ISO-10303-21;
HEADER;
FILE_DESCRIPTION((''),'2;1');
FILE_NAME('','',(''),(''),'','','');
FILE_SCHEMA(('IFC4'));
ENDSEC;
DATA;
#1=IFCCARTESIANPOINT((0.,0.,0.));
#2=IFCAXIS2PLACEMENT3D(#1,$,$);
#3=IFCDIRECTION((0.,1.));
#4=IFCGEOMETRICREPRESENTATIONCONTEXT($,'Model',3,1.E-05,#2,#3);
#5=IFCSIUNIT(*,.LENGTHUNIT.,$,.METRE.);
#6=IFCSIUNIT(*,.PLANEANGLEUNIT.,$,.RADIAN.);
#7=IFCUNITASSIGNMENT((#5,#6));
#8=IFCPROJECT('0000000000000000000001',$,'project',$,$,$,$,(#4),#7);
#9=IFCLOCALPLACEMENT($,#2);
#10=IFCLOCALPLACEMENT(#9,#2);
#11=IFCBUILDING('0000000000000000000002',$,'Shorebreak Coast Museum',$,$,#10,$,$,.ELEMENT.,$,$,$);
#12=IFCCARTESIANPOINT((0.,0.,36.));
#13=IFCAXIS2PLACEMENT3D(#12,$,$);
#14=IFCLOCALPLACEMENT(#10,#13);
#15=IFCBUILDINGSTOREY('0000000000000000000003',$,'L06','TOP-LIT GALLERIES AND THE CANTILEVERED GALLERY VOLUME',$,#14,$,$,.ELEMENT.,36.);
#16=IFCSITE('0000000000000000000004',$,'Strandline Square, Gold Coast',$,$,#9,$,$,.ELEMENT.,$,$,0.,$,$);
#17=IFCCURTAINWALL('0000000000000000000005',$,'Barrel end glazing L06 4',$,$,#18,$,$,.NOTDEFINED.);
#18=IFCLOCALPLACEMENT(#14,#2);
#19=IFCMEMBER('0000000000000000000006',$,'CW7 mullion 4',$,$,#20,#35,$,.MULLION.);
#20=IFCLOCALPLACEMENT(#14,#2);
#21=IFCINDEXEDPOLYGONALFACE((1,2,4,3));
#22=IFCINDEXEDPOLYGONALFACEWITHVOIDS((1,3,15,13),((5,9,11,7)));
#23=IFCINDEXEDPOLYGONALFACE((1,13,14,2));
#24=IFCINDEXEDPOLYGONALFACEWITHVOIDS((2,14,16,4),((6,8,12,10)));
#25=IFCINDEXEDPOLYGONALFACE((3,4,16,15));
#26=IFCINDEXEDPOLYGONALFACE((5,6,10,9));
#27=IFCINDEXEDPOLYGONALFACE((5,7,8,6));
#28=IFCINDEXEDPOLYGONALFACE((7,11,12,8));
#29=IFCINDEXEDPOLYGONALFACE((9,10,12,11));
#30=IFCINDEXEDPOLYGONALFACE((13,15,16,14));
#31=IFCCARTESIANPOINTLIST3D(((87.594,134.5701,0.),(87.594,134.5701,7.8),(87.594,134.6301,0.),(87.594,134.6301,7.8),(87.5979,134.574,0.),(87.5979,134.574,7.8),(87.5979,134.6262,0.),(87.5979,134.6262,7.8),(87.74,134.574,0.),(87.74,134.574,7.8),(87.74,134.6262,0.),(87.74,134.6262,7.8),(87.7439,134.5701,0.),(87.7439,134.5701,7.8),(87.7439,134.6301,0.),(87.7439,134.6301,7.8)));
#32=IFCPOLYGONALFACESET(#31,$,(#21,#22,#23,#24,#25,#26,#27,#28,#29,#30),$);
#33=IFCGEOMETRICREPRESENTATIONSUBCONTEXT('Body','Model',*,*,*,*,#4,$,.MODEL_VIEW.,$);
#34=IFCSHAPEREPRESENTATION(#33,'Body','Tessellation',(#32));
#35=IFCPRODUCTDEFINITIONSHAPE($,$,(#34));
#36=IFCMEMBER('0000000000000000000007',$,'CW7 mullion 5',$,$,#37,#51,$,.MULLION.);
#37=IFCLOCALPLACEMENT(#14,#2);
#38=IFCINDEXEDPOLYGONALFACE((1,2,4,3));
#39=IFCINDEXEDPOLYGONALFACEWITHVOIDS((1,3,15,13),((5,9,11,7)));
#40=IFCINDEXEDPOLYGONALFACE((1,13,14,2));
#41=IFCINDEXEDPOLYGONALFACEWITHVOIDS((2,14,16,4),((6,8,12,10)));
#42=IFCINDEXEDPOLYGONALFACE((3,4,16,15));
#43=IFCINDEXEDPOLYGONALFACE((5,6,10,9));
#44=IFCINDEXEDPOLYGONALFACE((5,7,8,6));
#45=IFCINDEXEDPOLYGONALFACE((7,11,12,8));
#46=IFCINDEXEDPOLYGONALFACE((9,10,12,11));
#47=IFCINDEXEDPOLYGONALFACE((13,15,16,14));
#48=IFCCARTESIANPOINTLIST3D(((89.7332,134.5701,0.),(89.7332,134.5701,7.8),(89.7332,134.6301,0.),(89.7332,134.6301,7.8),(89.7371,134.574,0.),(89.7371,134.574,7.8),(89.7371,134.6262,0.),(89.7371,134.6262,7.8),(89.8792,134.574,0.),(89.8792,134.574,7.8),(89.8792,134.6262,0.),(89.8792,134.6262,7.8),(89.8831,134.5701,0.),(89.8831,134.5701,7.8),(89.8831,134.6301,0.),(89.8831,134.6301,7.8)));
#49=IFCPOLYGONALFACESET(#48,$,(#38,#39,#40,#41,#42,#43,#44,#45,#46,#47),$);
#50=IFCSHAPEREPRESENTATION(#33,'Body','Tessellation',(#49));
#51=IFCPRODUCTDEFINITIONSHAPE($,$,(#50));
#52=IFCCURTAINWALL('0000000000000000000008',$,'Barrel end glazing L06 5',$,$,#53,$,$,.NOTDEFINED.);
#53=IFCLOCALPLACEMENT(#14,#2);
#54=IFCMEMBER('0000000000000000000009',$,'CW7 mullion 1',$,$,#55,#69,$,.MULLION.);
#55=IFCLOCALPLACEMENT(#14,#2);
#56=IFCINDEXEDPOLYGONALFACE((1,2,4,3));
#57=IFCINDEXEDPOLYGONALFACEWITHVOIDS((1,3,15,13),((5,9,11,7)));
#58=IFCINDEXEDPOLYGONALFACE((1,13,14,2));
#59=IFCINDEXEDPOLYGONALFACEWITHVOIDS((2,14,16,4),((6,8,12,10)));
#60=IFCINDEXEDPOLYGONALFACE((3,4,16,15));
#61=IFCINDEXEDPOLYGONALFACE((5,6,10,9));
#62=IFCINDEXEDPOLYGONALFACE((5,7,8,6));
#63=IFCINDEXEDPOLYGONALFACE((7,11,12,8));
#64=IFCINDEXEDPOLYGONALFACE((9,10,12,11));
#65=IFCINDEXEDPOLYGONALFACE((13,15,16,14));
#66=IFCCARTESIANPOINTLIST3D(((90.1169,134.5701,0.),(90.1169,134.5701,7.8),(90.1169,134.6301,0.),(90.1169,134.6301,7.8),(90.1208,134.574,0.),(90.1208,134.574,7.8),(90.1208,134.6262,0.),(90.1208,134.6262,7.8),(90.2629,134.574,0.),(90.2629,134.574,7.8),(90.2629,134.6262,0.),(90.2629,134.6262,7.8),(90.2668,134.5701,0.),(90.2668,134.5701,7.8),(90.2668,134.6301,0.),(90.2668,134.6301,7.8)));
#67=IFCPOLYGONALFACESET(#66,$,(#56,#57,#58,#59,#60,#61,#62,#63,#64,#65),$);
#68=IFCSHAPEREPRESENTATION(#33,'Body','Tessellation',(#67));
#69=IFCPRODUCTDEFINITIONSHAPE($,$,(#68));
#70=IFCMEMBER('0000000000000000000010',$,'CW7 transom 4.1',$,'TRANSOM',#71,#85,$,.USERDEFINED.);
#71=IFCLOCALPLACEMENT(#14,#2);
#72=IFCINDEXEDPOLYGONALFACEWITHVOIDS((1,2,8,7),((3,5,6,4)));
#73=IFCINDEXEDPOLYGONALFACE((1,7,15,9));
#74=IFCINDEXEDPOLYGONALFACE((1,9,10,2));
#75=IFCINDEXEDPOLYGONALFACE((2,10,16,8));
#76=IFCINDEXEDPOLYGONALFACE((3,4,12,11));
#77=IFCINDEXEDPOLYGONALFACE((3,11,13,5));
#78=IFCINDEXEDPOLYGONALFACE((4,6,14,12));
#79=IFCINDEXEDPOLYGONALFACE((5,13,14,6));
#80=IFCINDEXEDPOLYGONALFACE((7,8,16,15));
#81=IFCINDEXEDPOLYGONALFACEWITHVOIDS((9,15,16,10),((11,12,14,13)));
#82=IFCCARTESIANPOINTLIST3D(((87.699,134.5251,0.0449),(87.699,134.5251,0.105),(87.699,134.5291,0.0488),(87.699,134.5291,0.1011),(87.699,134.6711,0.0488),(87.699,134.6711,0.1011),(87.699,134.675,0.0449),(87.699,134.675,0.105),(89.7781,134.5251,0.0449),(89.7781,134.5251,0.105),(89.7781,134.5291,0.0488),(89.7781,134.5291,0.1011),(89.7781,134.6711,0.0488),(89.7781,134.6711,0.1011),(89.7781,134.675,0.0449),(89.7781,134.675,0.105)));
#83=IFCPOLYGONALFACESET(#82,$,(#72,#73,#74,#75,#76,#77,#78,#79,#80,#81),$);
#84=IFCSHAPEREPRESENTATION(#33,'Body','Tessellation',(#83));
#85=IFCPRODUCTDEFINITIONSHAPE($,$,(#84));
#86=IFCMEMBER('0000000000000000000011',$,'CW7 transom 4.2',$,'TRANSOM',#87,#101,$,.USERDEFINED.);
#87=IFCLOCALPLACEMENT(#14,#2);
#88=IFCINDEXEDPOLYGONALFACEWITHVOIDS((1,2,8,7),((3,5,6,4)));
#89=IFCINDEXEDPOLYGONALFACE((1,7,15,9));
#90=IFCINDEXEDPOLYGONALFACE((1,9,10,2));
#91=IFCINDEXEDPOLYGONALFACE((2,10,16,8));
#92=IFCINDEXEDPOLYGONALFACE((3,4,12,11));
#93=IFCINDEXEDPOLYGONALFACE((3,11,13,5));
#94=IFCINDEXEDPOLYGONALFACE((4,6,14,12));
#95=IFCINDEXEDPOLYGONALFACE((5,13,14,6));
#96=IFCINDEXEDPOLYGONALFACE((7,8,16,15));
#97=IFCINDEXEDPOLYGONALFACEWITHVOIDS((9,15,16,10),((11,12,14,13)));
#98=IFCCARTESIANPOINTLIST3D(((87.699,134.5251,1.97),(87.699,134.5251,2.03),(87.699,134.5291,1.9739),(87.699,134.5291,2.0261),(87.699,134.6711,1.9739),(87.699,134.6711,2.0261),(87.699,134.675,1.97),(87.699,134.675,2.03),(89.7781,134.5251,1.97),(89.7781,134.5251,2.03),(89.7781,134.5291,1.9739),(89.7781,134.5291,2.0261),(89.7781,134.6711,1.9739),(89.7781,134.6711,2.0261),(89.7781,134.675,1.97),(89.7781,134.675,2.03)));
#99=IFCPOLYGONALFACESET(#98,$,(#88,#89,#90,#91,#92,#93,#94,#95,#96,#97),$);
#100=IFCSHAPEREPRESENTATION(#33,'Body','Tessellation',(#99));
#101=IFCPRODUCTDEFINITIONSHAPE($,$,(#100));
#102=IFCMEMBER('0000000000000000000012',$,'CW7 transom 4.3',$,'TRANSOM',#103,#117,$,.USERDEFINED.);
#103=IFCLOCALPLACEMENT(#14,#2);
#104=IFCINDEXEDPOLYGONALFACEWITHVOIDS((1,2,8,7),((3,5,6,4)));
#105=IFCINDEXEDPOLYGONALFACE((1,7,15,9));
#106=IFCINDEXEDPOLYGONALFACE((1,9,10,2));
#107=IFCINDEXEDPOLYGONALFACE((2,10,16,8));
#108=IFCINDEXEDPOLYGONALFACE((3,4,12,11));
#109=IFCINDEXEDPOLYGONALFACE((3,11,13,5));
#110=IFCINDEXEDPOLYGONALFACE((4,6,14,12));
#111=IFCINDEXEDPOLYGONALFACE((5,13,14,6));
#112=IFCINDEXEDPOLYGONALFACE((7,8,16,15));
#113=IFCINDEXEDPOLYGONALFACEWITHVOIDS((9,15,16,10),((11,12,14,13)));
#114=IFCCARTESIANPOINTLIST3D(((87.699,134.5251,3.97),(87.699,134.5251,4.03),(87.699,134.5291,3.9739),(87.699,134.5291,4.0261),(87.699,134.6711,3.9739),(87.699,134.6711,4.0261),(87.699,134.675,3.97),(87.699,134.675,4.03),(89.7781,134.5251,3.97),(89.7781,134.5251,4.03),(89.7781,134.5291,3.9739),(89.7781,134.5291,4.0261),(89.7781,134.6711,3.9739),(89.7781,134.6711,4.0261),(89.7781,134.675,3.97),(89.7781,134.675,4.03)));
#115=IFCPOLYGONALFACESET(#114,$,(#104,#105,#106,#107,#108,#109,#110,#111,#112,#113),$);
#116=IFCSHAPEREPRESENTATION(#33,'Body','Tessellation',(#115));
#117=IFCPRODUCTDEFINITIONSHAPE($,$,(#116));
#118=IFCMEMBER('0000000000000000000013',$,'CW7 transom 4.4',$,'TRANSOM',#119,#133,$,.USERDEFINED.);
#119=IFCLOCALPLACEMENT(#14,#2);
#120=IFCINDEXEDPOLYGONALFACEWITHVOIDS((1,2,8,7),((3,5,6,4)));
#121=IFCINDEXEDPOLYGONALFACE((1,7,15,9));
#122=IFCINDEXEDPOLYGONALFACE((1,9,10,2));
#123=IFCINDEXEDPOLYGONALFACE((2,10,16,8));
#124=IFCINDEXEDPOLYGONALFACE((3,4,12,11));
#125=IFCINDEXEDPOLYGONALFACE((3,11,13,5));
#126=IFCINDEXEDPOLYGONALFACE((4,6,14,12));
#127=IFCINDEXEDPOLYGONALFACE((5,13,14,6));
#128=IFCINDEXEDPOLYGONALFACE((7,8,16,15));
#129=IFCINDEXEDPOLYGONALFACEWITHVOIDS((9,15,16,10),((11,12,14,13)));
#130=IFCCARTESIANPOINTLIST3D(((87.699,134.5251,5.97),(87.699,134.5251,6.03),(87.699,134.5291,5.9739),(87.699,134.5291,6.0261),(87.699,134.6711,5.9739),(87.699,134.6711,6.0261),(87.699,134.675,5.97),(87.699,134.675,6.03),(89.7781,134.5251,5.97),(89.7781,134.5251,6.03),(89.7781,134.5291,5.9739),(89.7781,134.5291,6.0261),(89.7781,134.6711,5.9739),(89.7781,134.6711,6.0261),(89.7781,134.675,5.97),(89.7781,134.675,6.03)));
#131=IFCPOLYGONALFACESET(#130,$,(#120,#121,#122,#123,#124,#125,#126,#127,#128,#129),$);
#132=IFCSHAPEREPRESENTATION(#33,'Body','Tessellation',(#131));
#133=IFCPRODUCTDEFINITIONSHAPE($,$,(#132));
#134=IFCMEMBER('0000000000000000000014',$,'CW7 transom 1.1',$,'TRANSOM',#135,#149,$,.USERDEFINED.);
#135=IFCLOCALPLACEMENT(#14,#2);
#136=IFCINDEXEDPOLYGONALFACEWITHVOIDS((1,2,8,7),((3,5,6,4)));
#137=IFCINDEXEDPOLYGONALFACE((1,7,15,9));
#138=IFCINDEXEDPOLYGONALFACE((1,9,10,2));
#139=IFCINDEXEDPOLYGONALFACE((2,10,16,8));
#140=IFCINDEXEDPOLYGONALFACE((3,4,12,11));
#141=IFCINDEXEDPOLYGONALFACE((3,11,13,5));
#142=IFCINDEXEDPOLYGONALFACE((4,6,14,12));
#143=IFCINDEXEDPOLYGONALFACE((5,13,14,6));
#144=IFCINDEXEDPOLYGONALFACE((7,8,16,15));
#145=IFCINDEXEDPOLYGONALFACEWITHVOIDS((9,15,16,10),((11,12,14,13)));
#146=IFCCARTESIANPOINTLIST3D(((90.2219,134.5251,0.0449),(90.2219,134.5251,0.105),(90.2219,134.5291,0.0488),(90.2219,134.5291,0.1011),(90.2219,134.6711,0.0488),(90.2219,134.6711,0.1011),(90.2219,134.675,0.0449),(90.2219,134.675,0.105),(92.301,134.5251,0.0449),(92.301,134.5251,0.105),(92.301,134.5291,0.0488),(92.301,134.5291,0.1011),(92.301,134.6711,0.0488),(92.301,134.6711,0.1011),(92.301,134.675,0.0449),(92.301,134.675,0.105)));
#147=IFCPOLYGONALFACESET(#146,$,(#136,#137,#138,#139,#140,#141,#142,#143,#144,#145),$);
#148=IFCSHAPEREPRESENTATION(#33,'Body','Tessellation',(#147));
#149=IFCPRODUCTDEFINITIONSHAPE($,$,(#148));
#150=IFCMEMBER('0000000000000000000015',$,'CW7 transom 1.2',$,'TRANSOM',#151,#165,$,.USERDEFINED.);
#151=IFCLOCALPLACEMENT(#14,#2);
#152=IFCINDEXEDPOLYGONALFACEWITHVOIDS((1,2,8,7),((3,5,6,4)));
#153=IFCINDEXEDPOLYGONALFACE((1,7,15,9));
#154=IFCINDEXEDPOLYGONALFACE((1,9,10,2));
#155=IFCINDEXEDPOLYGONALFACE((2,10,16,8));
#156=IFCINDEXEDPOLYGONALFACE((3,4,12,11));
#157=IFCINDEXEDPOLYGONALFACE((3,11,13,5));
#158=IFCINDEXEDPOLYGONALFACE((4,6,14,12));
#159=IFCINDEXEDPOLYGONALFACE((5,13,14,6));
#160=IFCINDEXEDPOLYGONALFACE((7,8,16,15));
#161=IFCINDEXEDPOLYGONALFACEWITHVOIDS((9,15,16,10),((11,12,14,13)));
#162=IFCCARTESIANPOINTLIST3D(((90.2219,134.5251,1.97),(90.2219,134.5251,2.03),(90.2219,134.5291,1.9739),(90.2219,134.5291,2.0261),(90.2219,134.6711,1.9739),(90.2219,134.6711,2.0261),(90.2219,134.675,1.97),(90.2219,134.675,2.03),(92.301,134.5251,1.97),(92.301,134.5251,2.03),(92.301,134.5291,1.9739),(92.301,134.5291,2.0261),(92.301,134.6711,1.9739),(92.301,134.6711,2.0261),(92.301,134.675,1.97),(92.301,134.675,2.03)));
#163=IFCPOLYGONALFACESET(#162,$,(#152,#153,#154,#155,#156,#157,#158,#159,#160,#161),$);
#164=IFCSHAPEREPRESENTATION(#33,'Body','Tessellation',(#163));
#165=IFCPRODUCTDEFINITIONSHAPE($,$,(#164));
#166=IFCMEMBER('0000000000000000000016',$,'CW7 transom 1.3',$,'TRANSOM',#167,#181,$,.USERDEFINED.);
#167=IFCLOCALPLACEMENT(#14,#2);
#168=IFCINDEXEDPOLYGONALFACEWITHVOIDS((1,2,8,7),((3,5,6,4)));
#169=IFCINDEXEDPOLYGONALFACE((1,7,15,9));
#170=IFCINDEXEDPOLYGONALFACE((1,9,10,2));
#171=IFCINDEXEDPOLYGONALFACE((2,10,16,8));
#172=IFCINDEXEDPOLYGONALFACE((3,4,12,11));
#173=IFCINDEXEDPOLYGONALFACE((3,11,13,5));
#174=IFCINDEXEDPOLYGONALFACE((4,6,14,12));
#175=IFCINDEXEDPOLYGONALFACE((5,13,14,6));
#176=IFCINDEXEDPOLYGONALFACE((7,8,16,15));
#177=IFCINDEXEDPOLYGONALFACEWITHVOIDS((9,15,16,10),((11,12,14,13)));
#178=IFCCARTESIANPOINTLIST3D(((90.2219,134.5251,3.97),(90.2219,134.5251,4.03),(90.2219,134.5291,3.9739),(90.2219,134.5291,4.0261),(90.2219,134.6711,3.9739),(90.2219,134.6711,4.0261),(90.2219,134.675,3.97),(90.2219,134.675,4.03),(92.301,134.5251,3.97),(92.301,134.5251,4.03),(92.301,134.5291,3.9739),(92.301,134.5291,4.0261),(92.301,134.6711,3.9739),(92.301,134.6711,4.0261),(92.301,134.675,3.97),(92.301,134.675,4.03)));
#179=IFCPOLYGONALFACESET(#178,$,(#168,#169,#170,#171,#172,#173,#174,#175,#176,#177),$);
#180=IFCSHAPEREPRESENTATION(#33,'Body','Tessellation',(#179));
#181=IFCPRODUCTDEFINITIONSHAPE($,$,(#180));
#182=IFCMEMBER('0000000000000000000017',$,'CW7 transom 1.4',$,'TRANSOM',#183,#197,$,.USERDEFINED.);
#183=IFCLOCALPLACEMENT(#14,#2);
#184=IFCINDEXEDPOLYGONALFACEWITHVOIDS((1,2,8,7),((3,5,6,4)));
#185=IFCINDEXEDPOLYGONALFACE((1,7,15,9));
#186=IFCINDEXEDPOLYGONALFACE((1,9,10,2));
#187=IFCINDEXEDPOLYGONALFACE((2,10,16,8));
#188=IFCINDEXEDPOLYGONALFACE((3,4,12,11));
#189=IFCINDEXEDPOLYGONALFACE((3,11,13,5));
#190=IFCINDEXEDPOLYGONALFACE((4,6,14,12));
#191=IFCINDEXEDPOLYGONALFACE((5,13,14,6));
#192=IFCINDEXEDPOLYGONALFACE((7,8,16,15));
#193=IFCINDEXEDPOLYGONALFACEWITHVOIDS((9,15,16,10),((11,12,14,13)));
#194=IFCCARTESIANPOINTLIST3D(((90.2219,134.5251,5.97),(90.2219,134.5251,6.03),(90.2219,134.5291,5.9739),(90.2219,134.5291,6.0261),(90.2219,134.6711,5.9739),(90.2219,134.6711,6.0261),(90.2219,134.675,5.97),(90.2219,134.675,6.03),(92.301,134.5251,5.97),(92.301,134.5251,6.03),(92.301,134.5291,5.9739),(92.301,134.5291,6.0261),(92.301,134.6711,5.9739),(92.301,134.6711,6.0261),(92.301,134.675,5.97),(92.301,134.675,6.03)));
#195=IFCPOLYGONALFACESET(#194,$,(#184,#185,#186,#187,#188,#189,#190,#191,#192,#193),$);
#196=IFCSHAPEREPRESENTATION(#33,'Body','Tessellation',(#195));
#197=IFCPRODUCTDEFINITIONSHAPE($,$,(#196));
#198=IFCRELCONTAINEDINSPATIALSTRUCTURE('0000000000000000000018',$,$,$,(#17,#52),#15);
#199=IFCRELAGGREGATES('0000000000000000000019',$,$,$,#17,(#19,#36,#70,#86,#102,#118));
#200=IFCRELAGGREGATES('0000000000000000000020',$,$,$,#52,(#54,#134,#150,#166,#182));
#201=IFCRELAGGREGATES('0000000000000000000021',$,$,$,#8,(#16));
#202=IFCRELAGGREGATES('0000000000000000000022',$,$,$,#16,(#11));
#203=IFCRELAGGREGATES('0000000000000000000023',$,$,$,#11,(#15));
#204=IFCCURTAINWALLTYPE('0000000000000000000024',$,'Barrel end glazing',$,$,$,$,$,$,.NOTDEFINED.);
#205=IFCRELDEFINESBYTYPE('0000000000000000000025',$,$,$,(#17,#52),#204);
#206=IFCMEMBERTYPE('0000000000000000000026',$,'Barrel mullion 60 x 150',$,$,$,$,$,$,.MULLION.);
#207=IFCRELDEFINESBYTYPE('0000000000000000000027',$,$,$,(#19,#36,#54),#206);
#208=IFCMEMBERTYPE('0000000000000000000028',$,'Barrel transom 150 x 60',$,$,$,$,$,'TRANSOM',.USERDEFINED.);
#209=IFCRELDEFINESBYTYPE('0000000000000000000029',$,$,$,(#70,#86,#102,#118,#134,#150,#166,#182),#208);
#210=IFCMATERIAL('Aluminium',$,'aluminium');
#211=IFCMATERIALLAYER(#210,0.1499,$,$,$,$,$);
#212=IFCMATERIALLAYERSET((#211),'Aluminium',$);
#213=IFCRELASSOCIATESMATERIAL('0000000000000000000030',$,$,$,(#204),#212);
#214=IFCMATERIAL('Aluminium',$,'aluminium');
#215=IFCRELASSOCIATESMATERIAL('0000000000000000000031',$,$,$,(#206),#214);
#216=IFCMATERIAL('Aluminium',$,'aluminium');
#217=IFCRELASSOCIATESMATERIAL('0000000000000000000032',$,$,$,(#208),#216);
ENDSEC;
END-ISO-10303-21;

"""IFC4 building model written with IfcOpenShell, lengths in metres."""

from ifc_helpers import new_model, si_unit, direction, frame, origin, origin_2d, place, context, subcontext, project, spatial, hollow_rectangle, extrude, material, layer, layer_set, material_profile, profile_set, type_object, element, aggregate, save


model = new_model("IFC4")

# Units and contexts
model_context = context("Model", 3, precision=1e-05, world=origin(), true_north=direction((0.0, 1.0)))
body_context = subcontext(model_context, "Body", "Model", "MODEL_VIEW")
ifc_project = project(units=[si_unit("LENGTHUNIT", "METRE"), si_unit("PLANEANGLEUNIT", "RADIAN")], contexts=[model_context])

# Site, building, storey
site_placement = place(None, origin())
site = spatial("IfcSite", under=ifc_project, at=site_placement, Name="Strandline Square, Gold Coast", CompositionType="ELEMENT", RefElevation=0.0)
building_placement = place(site_placement, origin())
building = spatial("IfcBuilding", under=site, at=building_placement, Name="Shorebreak Coast Museum", CompositionType="ELEMENT")
storey_placement = place(building_placement, frame((0.0, 0.0, 36.0)))
storey = spatial("IfcBuildingStorey", under=building, at=storey_placement, Name="L06", Description="TOP-LIT GALLERIES AND THE CANTILEVERED GALLERY VOLUME", CompositionType="ELEMENT", Elevation=36.0)

# Curtain wall, members
ifc_material_1 = material(Name="Aluminium", Category="aluminium")
ifc_layer_1 = layer(ifc_material_1, 0.1499)
ifc_layer_set_1 = layer_set([ifc_layer_1], Name="Aluminium")
curtain_wall_type = type_object("IfcCurtainWallType", Name="Barrel end glazing", PredefinedType="NOTDEFINED", material=ifc_layer_set_1)
curtain_wall_1_placement = place(storey_placement, origin())
curtain_wall_1 = element("IfcCurtainWall", 1, at=curtain_wall_1_placement, inside=storey, type_object=curtain_wall_type, Name="Barrel end glazing L06 4", PredefinedType="NOTDEFINED")
ifc_material_2 = material(Name="Aluminium", Category="aluminium")
ifc_material_profile_1 = material_profile(ifc_material_2, hollow_rectangle(XDim=0.0601, YDim=0.1499, WallThickness=0.0039, at=origin_2d()), Name="AL 150x60 RHS")
ifc_profile_set_1 = profile_set([ifc_material_profile_1], Name="Aluminium")
member_type_1 = type_object("IfcMemberType", Name="Barrel mullion 60 x 150", PredefinedType="MULLION", material=ifc_profile_set_1)
member_1_placement = place(storey_placement, frame((87.6689, 134.6001, 0.0), z_axis=(0.0, 0.0, 1.0), x_axis=(0.0, 1.0, 0.0)))
member_1 = element("IfcMember", 2, at=member_1_placement, type_object=member_type_1, Name="CW7 mullion 4", PredefinedType="MULLION", context=body_context, shape_type="SweptSolid", body=[
    extrude(hollow_rectangle(XDim=0.0601, YDim=0.1499, WallThickness=0.0039, at=origin_2d()), origin(), (0.0, 0.0, 1.0), 7.8),
])
member_2_placement = place(storey_placement, frame((89.8081, 134.6001, 0.0), z_axis=(0.0, 0.0, 1.0), x_axis=(0.0, 1.0, 0.0)))
member_2 = element("IfcMember", 3, at=member_2_placement, type_object=member_type_1, Name="CW7 mullion 5", PredefinedType="MULLION", context=body_context, shape_type="SweptSolid", body=[
    extrude(hollow_rectangle(XDim=0.0601, YDim=0.1499, WallThickness=0.0039, at=origin_2d()), origin(), (0.0, 0.0, 1.0), 7.8),
])

# Curtain wall, member
curtain_wall_2_placement = place(storey_placement, origin())
curtain_wall_2 = element("IfcCurtainWall", 4, at=curtain_wall_2_placement, inside=storey, type_object=curtain_wall_type, Name="Barrel end glazing L06 5", PredefinedType="NOTDEFINED")
member_3_placement = place(storey_placement, frame((90.1919, 134.6001, 0.0), z_axis=(0.0, 0.0, 1.0), x_axis=(0.0, 1.0, 0.0)))
member_3 = element("IfcMember", 5, at=member_3_placement, type_object=member_type_1, Name="CW7 mullion 1", PredefinedType="MULLION", context=body_context, shape_type="SweptSolid", body=[
    extrude(hollow_rectangle(XDim=0.0601, YDim=0.1499, WallThickness=0.0039, at=origin_2d()), origin(), (0.0, 0.0, 1.0), 7.8),
])

# Members
ifc_material_3 = material(Name="Aluminium", Category="aluminium")
ifc_material_profile_2 = material_profile(ifc_material_3, hollow_rectangle(XDim=0.1499, YDim=0.0601, WallThickness=0.0039, at=origin_2d()), Name="AL 60x150 RHS")
ifc_profile_set_2 = profile_set([ifc_material_profile_2], Name="Aluminium")
member_type_2 = type_object("IfcMemberType", Name="Barrel transom 150 x 60", ElementType="TRANSOM", PredefinedType="USERDEFINED", material=ifc_profile_set_2)
member_4_placement = place(storey_placement, frame((87.699, 134.6001, 0.075), z_axis=(1.0, 0.0, 0.0), x_axis=(0.0, 1.0, 0.0)))
member_4 = element("IfcMember", 6, at=member_4_placement, type_object=member_type_2, Name="CW7 transom 4.1", ObjectType="TRANSOM", PredefinedType="USERDEFINED", context=body_context, shape_type="SweptSolid", body=[
    extrude(hollow_rectangle(XDim=0.1499, YDim=0.0601, WallThickness=0.0039, at=origin_2d()), origin(), (0.0, 0.0, 1.0), 2.0791),
])
member_5_placement = place(storey_placement, frame((87.699, 134.6001, 2.0), z_axis=(1.0, 0.0, 0.0), x_axis=(0.0, 1.0, 0.0)))
member_5 = element("IfcMember", 7, at=member_5_placement, type_object=member_type_2, Name="CW7 transom 4.2", ObjectType="TRANSOM", PredefinedType="USERDEFINED", context=body_context, shape_type="SweptSolid", body=[
    extrude(hollow_rectangle(XDim=0.1499, YDim=0.0601, WallThickness=0.0039, at=origin_2d()), origin(), (0.0, 0.0, 1.0), 2.0791),
])
member_6_placement = place(storey_placement, frame((87.699, 134.6001, 4.0), z_axis=(1.0, 0.0, 0.0), x_axis=(0.0, 1.0, 0.0)))
member_6 = element("IfcMember", 8, at=member_6_placement, type_object=member_type_2, Name="CW7 transom 4.3", ObjectType="TRANSOM", PredefinedType="USERDEFINED", context=body_context, shape_type="SweptSolid", body=[
    extrude(hollow_rectangle(XDim=0.1499, YDim=0.0601, WallThickness=0.0039, at=origin_2d()), origin(), (0.0, 0.0, 1.0), 2.0791),
])
member_7_placement = place(storey_placement, frame((87.699, 134.6001, 6.0), z_axis=(1.0, 0.0, 0.0), x_axis=(0.0, 1.0, 0.0)))
member_7 = element("IfcMember", 9, at=member_7_placement, type_object=member_type_2, Name="CW7 transom 4.4", ObjectType="TRANSOM", PredefinedType="USERDEFINED", context=body_context, shape_type="SweptSolid", body=[
    extrude(hollow_rectangle(XDim=0.1499, YDim=0.0601, WallThickness=0.0039, at=origin_2d()), origin(), (0.0, 0.0, 1.0), 2.0791),
])
member_8_placement = place(storey_placement, frame((90.2219, 134.6001, 0.075), z_axis=(1.0, 0.0, 0.0), x_axis=(0.0, 1.0, 0.0)))
member_8 = element("IfcMember", 10, at=member_8_placement, type_object=member_type_2, Name="CW7 transom 1.1", ObjectType="TRANSOM", PredefinedType="USERDEFINED", context=body_context, shape_type="SweptSolid", body=[
    extrude(hollow_rectangle(XDim=0.1499, YDim=0.0601, WallThickness=0.0039, at=origin_2d()), origin(), (0.0, 0.0, 1.0), 2.0791),
])
member_9_placement = place(storey_placement, frame((90.2219, 134.6001, 2.0), z_axis=(1.0, 0.0, 0.0), x_axis=(0.0, 1.0, 0.0)))
member_9 = element("IfcMember", 11, at=member_9_placement, type_object=member_type_2, Name="CW7 transom 1.2", ObjectType="TRANSOM", PredefinedType="USERDEFINED", context=body_context, shape_type="SweptSolid", body=[
    extrude(hollow_rectangle(XDim=0.1499, YDim=0.0601, WallThickness=0.0039, at=origin_2d()), origin(), (0.0, 0.0, 1.0), 2.0791),
])
member_10_placement = place(storey_placement, frame((90.2219, 134.6001, 4.0), z_axis=(1.0, 0.0, 0.0), x_axis=(0.0, 1.0, 0.0)))
member_10 = element("IfcMember", 12, at=member_10_placement, type_object=member_type_2, Name="CW7 transom 1.3", ObjectType="TRANSOM", PredefinedType="USERDEFINED", context=body_context, shape_type="SweptSolid", body=[
    extrude(hollow_rectangle(XDim=0.1499, YDim=0.0601, WallThickness=0.0039, at=origin_2d()), origin(), (0.0, 0.0, 1.0), 2.0791),
])
member_11_placement = place(storey_placement, frame((90.2219, 134.6001, 6.0), z_axis=(1.0, 0.0, 0.0), x_axis=(0.0, 1.0, 0.0)))
member_11 = element("IfcMember", 13, at=member_11_placement, type_object=member_type_2, Name="CW7 transom 1.4", ObjectType="TRANSOM", PredefinedType="USERDEFINED", context=body_context, shape_type="SweptSolid", body=[
    extrude(hollow_rectangle(XDim=0.1499, YDim=0.0601, WallThickness=0.0039, at=origin_2d()), origin(), (0.0, 0.0, 1.0), 2.0791),
])

aggregate(curtain_wall_1, [member_1, member_2, member_4, member_5, member_6, member_7])
aggregate(curtain_wall_2, [member_3, member_8, member_9, member_10, member_11])

save(model, "model.ifc")
